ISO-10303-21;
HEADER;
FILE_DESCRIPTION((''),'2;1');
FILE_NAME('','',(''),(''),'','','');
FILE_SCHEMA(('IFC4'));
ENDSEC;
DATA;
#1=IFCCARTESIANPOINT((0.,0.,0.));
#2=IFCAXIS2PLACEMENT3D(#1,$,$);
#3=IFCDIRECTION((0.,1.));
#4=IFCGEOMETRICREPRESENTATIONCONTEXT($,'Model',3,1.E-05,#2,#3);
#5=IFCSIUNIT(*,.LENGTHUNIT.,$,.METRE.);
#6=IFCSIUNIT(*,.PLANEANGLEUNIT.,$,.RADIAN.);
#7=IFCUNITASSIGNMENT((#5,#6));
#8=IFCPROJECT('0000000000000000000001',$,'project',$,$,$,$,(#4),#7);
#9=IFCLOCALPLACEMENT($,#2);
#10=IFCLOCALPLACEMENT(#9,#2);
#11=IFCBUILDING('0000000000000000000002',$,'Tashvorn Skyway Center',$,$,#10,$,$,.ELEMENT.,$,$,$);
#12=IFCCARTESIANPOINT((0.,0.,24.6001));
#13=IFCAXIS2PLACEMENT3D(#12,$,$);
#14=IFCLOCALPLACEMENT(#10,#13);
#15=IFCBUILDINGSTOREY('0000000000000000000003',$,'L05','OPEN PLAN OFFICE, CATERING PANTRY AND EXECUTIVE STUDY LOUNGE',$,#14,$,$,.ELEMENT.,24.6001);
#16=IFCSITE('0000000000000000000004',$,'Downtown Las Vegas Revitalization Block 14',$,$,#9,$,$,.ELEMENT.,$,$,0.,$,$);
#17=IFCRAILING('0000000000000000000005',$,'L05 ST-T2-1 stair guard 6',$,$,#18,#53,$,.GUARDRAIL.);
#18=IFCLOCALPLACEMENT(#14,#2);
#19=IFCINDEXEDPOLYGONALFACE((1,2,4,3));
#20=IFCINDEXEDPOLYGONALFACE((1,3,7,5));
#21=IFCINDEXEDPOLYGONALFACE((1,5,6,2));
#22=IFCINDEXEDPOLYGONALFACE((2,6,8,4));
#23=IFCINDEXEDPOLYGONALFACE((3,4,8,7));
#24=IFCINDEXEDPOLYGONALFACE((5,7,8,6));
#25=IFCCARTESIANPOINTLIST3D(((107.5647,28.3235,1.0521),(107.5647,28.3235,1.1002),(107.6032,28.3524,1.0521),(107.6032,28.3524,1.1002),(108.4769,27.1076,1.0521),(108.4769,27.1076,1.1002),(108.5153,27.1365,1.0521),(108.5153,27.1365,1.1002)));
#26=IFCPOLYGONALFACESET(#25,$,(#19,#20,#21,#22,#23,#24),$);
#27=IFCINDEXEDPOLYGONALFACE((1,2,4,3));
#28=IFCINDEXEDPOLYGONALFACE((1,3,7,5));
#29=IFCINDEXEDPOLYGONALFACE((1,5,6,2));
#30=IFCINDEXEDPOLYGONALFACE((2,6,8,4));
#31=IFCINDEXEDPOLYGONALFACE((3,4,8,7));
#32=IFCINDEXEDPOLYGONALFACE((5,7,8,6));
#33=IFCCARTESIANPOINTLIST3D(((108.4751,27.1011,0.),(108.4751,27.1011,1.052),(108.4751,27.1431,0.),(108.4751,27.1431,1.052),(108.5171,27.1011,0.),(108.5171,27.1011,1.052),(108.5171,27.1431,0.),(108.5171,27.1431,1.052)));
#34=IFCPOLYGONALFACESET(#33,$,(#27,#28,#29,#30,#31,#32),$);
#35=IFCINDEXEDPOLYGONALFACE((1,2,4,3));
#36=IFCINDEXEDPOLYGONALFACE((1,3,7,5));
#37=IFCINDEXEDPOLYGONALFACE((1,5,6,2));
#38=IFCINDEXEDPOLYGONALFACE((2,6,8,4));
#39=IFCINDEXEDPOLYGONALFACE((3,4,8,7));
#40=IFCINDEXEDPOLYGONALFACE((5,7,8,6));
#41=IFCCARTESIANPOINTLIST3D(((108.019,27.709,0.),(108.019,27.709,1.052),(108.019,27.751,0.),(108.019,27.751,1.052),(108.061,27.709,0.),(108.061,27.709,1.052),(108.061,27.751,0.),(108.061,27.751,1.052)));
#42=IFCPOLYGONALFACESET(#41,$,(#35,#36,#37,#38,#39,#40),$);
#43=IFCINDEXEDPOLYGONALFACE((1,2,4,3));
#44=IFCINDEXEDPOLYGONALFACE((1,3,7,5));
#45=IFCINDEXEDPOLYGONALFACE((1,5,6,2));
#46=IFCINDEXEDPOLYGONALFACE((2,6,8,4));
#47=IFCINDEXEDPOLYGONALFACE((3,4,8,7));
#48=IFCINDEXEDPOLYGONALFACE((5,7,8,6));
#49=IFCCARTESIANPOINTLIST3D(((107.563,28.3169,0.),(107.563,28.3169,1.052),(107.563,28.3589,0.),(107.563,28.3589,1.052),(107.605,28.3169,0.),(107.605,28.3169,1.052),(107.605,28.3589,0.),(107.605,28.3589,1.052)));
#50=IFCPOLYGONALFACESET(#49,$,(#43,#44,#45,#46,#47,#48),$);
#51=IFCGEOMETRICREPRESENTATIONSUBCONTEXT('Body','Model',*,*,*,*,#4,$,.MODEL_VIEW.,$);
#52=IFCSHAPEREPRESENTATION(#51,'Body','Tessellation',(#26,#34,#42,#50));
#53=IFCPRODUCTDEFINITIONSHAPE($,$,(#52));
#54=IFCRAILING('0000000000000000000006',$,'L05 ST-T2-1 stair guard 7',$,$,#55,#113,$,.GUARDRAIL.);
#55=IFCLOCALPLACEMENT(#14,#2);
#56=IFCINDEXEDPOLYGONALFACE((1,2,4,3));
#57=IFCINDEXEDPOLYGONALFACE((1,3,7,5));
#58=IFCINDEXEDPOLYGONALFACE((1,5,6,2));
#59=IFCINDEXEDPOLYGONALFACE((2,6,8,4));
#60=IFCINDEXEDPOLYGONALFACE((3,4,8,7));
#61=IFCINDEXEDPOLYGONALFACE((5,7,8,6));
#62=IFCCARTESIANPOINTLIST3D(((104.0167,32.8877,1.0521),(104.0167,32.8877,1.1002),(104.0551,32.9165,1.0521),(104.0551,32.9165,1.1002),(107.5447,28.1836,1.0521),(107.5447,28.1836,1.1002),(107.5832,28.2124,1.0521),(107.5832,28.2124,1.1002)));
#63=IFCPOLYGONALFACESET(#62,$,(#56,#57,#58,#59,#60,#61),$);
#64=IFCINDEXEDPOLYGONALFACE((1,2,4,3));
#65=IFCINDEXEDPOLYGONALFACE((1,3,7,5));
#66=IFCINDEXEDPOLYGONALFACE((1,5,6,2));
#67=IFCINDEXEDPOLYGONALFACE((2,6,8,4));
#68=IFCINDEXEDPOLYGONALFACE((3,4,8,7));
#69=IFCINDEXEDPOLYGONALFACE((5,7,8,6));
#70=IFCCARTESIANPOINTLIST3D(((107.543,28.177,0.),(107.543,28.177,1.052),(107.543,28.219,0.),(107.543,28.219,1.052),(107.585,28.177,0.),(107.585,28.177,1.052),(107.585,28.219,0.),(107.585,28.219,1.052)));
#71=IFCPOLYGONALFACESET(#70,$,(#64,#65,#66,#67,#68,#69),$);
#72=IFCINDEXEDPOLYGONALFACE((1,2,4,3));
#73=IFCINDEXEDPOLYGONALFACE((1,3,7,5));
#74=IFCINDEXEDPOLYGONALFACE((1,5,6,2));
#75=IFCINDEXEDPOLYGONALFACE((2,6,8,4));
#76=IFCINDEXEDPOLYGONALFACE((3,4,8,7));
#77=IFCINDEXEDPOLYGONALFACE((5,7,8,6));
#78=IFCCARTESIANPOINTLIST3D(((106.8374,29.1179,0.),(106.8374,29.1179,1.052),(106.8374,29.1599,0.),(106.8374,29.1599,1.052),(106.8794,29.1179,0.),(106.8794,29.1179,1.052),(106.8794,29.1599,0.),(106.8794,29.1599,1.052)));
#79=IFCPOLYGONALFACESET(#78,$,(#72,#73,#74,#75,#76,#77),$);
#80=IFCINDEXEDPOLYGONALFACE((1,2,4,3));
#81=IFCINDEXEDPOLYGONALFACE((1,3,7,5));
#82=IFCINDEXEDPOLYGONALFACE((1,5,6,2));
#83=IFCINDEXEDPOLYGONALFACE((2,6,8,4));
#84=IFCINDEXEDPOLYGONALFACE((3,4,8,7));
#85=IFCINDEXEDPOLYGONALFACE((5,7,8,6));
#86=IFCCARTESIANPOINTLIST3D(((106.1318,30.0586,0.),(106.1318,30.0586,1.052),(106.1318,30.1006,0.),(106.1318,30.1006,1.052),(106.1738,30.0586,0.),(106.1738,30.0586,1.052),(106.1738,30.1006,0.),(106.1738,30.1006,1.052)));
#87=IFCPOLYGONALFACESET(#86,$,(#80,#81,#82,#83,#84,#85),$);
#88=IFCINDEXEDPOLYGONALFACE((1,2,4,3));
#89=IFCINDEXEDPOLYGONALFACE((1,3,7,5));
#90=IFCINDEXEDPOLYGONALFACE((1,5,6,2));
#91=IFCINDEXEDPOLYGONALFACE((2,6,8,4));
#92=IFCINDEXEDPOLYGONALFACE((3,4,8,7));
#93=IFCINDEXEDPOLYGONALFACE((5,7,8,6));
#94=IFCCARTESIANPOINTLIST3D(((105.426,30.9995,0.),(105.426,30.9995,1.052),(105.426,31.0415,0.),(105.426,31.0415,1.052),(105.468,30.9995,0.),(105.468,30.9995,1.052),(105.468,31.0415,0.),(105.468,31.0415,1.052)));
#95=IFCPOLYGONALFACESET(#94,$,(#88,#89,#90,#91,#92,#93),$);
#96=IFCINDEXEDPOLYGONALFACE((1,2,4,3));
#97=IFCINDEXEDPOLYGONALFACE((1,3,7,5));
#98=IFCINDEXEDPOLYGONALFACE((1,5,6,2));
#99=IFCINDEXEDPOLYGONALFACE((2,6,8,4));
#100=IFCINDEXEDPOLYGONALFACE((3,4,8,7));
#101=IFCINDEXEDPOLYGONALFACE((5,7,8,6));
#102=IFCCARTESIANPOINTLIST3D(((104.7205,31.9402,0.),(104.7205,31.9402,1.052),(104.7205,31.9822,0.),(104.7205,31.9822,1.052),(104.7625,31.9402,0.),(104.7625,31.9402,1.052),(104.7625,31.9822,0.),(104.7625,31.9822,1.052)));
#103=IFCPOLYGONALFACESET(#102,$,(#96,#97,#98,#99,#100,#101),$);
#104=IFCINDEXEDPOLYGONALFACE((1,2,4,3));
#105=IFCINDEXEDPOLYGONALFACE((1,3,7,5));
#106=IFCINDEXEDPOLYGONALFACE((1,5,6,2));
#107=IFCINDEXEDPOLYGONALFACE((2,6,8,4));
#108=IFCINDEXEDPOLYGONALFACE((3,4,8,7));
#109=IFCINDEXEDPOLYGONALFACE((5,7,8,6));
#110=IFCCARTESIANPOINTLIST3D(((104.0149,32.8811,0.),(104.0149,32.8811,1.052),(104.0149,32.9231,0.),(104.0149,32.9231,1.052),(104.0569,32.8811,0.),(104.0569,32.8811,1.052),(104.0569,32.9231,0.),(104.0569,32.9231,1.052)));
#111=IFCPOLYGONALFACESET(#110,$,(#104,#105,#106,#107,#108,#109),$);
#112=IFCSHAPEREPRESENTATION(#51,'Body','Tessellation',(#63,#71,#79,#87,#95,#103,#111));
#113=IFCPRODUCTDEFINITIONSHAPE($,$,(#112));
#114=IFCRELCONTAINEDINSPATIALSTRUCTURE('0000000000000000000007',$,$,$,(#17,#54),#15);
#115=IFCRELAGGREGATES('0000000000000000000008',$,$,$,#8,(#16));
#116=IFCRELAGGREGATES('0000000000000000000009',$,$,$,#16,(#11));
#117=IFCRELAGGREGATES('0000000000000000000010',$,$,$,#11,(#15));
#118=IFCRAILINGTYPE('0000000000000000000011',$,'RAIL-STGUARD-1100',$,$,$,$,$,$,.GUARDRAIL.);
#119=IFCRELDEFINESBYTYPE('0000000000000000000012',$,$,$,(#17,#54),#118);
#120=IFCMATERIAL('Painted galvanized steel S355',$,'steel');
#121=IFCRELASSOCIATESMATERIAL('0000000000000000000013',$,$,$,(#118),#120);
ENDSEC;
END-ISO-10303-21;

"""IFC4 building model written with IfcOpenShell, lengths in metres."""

from ifc_helpers import new_model, si_unit, direction, frame, origin, origin_2d, place, context, subcontext, project, spatial, rectangle, extrude, material, type_object, element, save


model = new_model("IFC4")

# Units and contexts
model_context = context("Model", 3, precision=1e-05, world=origin(), true_north=direction((0.0, 1.0)))
body_context = subcontext(model_context, "Body", "Model", "MODEL_VIEW")
ifc_project = project(units=[si_unit("LENGTHUNIT", "METRE"), si_unit("PLANEANGLEUNIT", "RADIAN")], contexts=[model_context])

# Site, building, storey
site_placement = place(None, origin())
site = spatial("IfcSite", under=ifc_project, at=site_placement, Name="Downtown Las Vegas Revitalization Block 14", CompositionType="ELEMENT", RefElevation=0.0)
building_placement = place(site_placement, origin())
building = spatial("IfcBuilding", under=site, at=building_placement, Name="Tashvorn Skyway Center", CompositionType="ELEMENT")
storey_placement = place(building_placement, frame((0.0, 0.0, 24.6001)))
storey = spatial("IfcBuildingStorey", under=building, at=storey_placement, Name="L05", Description="OPEN PLAN OFFICE, CATERING PANTRY AND EXECUTIVE STUDY LOUNGE", CompositionType="ELEMENT", Elevation=24.6001)

# Railings
ifc_material_1 = material(Name="Painted galvanized steel S355", Category="steel")
railing_type_1 = type_object("IfcRailingType", Name="RAIL-STGUARD-1100", PredefinedType="GUARDRAIL", material=ifc_material_1)
railing_1_placement = place(storey_placement, frame((108.4961, 27.1221, 0.0)))
element("IfcRailing", 1, at=railing_1_placement, inside=storey, type_object=railing_type_1, Name="L05 ST-T2-1 stair guard 6", PredefinedType="GUARDRAIL", context=body_context, shape_type="SweptSolid", body=[
    extrude(rectangle(XDim=0.0481, YDim=0.0481, at=origin_2d()), frame((0.0, 0.0, 1.0762), z_axis=(-0.600103, 0.799923, 0.0), x_axis=(-0.799923, -0.600103, 0.0)), (0.0, 0.0, 1.0), 1.52),
    extrude(rectangle(XDim=0.042, YDim=0.042, at=origin_2d()), origin(), (0.0, 0.0, 1.0), 1.052),
    extrude(rectangle(XDim=0.042, YDim=0.042, at=origin_2d()), frame((-0.4561, 0.6079, 0.0)), (0.0, 0.0, 1.0), 1.052),
    extrude(rectangle(XDim=0.042, YDim=0.042, at=origin_2d()), frame((-0.9121, 1.2158, 0.0)), (0.0, 0.0, 1.0), 1.052),
])
railing_2_placement = place(storey_placement, frame((107.564, 28.198, 0.0)))
element("IfcRailing", 2, at=railing_2_placement, inside=storey, type_object=railing_type_1, Name="L05 ST-T2-1 stair guard 7", PredefinedType="GUARDRAIL", context=body_context, shape_type="SweptSolid", body=[
    extrude(rectangle(XDim=0.0481, YDim=0.0481, at=origin_2d()), frame((0.0, 0.0, 1.0762), z_axis=(-0.6, 0.8, 0.0), x_axis=(-0.8, -0.6, 0.0)), (0.0, 0.0, 1.0), 5.8801),
    extrude(rectangle(XDim=0.042, YDim=0.042, at=origin_2d()), origin(), (0.0, 0.0, 1.0), 1.052),
    extrude(rectangle(XDim=0.042, YDim=0.042, at=origin_2d()), frame((-0.7056, 0.9409, 0.0)), (0.0, 0.0, 1.0), 1.052),
    extrude(rectangle(XDim=0.042, YDim=0.042, at=origin_2d()), frame((-1.4111, 1.8816, 0.0)), (0.0, 0.0, 1.0), 1.052),
    extrude(rectangle(XDim=0.042, YDim=0.042, at=origin_2d()), frame((-2.1169, 2.8225, 0.0)), (0.0, 0.0, 1.0), 1.052),
    extrude(rectangle(XDim=0.042, YDim=0.042, at=origin_2d()), frame((-2.8225, 3.7632, 0.0)), (0.0, 0.0, 1.0), 1.052),
    extrude(rectangle(XDim=0.042, YDim=0.042, at=origin_2d()), frame((-3.5281, 4.7041, 0.0)), (0.0, 0.0, 1.0), 1.052),
])

save(model, "model.ifc")
